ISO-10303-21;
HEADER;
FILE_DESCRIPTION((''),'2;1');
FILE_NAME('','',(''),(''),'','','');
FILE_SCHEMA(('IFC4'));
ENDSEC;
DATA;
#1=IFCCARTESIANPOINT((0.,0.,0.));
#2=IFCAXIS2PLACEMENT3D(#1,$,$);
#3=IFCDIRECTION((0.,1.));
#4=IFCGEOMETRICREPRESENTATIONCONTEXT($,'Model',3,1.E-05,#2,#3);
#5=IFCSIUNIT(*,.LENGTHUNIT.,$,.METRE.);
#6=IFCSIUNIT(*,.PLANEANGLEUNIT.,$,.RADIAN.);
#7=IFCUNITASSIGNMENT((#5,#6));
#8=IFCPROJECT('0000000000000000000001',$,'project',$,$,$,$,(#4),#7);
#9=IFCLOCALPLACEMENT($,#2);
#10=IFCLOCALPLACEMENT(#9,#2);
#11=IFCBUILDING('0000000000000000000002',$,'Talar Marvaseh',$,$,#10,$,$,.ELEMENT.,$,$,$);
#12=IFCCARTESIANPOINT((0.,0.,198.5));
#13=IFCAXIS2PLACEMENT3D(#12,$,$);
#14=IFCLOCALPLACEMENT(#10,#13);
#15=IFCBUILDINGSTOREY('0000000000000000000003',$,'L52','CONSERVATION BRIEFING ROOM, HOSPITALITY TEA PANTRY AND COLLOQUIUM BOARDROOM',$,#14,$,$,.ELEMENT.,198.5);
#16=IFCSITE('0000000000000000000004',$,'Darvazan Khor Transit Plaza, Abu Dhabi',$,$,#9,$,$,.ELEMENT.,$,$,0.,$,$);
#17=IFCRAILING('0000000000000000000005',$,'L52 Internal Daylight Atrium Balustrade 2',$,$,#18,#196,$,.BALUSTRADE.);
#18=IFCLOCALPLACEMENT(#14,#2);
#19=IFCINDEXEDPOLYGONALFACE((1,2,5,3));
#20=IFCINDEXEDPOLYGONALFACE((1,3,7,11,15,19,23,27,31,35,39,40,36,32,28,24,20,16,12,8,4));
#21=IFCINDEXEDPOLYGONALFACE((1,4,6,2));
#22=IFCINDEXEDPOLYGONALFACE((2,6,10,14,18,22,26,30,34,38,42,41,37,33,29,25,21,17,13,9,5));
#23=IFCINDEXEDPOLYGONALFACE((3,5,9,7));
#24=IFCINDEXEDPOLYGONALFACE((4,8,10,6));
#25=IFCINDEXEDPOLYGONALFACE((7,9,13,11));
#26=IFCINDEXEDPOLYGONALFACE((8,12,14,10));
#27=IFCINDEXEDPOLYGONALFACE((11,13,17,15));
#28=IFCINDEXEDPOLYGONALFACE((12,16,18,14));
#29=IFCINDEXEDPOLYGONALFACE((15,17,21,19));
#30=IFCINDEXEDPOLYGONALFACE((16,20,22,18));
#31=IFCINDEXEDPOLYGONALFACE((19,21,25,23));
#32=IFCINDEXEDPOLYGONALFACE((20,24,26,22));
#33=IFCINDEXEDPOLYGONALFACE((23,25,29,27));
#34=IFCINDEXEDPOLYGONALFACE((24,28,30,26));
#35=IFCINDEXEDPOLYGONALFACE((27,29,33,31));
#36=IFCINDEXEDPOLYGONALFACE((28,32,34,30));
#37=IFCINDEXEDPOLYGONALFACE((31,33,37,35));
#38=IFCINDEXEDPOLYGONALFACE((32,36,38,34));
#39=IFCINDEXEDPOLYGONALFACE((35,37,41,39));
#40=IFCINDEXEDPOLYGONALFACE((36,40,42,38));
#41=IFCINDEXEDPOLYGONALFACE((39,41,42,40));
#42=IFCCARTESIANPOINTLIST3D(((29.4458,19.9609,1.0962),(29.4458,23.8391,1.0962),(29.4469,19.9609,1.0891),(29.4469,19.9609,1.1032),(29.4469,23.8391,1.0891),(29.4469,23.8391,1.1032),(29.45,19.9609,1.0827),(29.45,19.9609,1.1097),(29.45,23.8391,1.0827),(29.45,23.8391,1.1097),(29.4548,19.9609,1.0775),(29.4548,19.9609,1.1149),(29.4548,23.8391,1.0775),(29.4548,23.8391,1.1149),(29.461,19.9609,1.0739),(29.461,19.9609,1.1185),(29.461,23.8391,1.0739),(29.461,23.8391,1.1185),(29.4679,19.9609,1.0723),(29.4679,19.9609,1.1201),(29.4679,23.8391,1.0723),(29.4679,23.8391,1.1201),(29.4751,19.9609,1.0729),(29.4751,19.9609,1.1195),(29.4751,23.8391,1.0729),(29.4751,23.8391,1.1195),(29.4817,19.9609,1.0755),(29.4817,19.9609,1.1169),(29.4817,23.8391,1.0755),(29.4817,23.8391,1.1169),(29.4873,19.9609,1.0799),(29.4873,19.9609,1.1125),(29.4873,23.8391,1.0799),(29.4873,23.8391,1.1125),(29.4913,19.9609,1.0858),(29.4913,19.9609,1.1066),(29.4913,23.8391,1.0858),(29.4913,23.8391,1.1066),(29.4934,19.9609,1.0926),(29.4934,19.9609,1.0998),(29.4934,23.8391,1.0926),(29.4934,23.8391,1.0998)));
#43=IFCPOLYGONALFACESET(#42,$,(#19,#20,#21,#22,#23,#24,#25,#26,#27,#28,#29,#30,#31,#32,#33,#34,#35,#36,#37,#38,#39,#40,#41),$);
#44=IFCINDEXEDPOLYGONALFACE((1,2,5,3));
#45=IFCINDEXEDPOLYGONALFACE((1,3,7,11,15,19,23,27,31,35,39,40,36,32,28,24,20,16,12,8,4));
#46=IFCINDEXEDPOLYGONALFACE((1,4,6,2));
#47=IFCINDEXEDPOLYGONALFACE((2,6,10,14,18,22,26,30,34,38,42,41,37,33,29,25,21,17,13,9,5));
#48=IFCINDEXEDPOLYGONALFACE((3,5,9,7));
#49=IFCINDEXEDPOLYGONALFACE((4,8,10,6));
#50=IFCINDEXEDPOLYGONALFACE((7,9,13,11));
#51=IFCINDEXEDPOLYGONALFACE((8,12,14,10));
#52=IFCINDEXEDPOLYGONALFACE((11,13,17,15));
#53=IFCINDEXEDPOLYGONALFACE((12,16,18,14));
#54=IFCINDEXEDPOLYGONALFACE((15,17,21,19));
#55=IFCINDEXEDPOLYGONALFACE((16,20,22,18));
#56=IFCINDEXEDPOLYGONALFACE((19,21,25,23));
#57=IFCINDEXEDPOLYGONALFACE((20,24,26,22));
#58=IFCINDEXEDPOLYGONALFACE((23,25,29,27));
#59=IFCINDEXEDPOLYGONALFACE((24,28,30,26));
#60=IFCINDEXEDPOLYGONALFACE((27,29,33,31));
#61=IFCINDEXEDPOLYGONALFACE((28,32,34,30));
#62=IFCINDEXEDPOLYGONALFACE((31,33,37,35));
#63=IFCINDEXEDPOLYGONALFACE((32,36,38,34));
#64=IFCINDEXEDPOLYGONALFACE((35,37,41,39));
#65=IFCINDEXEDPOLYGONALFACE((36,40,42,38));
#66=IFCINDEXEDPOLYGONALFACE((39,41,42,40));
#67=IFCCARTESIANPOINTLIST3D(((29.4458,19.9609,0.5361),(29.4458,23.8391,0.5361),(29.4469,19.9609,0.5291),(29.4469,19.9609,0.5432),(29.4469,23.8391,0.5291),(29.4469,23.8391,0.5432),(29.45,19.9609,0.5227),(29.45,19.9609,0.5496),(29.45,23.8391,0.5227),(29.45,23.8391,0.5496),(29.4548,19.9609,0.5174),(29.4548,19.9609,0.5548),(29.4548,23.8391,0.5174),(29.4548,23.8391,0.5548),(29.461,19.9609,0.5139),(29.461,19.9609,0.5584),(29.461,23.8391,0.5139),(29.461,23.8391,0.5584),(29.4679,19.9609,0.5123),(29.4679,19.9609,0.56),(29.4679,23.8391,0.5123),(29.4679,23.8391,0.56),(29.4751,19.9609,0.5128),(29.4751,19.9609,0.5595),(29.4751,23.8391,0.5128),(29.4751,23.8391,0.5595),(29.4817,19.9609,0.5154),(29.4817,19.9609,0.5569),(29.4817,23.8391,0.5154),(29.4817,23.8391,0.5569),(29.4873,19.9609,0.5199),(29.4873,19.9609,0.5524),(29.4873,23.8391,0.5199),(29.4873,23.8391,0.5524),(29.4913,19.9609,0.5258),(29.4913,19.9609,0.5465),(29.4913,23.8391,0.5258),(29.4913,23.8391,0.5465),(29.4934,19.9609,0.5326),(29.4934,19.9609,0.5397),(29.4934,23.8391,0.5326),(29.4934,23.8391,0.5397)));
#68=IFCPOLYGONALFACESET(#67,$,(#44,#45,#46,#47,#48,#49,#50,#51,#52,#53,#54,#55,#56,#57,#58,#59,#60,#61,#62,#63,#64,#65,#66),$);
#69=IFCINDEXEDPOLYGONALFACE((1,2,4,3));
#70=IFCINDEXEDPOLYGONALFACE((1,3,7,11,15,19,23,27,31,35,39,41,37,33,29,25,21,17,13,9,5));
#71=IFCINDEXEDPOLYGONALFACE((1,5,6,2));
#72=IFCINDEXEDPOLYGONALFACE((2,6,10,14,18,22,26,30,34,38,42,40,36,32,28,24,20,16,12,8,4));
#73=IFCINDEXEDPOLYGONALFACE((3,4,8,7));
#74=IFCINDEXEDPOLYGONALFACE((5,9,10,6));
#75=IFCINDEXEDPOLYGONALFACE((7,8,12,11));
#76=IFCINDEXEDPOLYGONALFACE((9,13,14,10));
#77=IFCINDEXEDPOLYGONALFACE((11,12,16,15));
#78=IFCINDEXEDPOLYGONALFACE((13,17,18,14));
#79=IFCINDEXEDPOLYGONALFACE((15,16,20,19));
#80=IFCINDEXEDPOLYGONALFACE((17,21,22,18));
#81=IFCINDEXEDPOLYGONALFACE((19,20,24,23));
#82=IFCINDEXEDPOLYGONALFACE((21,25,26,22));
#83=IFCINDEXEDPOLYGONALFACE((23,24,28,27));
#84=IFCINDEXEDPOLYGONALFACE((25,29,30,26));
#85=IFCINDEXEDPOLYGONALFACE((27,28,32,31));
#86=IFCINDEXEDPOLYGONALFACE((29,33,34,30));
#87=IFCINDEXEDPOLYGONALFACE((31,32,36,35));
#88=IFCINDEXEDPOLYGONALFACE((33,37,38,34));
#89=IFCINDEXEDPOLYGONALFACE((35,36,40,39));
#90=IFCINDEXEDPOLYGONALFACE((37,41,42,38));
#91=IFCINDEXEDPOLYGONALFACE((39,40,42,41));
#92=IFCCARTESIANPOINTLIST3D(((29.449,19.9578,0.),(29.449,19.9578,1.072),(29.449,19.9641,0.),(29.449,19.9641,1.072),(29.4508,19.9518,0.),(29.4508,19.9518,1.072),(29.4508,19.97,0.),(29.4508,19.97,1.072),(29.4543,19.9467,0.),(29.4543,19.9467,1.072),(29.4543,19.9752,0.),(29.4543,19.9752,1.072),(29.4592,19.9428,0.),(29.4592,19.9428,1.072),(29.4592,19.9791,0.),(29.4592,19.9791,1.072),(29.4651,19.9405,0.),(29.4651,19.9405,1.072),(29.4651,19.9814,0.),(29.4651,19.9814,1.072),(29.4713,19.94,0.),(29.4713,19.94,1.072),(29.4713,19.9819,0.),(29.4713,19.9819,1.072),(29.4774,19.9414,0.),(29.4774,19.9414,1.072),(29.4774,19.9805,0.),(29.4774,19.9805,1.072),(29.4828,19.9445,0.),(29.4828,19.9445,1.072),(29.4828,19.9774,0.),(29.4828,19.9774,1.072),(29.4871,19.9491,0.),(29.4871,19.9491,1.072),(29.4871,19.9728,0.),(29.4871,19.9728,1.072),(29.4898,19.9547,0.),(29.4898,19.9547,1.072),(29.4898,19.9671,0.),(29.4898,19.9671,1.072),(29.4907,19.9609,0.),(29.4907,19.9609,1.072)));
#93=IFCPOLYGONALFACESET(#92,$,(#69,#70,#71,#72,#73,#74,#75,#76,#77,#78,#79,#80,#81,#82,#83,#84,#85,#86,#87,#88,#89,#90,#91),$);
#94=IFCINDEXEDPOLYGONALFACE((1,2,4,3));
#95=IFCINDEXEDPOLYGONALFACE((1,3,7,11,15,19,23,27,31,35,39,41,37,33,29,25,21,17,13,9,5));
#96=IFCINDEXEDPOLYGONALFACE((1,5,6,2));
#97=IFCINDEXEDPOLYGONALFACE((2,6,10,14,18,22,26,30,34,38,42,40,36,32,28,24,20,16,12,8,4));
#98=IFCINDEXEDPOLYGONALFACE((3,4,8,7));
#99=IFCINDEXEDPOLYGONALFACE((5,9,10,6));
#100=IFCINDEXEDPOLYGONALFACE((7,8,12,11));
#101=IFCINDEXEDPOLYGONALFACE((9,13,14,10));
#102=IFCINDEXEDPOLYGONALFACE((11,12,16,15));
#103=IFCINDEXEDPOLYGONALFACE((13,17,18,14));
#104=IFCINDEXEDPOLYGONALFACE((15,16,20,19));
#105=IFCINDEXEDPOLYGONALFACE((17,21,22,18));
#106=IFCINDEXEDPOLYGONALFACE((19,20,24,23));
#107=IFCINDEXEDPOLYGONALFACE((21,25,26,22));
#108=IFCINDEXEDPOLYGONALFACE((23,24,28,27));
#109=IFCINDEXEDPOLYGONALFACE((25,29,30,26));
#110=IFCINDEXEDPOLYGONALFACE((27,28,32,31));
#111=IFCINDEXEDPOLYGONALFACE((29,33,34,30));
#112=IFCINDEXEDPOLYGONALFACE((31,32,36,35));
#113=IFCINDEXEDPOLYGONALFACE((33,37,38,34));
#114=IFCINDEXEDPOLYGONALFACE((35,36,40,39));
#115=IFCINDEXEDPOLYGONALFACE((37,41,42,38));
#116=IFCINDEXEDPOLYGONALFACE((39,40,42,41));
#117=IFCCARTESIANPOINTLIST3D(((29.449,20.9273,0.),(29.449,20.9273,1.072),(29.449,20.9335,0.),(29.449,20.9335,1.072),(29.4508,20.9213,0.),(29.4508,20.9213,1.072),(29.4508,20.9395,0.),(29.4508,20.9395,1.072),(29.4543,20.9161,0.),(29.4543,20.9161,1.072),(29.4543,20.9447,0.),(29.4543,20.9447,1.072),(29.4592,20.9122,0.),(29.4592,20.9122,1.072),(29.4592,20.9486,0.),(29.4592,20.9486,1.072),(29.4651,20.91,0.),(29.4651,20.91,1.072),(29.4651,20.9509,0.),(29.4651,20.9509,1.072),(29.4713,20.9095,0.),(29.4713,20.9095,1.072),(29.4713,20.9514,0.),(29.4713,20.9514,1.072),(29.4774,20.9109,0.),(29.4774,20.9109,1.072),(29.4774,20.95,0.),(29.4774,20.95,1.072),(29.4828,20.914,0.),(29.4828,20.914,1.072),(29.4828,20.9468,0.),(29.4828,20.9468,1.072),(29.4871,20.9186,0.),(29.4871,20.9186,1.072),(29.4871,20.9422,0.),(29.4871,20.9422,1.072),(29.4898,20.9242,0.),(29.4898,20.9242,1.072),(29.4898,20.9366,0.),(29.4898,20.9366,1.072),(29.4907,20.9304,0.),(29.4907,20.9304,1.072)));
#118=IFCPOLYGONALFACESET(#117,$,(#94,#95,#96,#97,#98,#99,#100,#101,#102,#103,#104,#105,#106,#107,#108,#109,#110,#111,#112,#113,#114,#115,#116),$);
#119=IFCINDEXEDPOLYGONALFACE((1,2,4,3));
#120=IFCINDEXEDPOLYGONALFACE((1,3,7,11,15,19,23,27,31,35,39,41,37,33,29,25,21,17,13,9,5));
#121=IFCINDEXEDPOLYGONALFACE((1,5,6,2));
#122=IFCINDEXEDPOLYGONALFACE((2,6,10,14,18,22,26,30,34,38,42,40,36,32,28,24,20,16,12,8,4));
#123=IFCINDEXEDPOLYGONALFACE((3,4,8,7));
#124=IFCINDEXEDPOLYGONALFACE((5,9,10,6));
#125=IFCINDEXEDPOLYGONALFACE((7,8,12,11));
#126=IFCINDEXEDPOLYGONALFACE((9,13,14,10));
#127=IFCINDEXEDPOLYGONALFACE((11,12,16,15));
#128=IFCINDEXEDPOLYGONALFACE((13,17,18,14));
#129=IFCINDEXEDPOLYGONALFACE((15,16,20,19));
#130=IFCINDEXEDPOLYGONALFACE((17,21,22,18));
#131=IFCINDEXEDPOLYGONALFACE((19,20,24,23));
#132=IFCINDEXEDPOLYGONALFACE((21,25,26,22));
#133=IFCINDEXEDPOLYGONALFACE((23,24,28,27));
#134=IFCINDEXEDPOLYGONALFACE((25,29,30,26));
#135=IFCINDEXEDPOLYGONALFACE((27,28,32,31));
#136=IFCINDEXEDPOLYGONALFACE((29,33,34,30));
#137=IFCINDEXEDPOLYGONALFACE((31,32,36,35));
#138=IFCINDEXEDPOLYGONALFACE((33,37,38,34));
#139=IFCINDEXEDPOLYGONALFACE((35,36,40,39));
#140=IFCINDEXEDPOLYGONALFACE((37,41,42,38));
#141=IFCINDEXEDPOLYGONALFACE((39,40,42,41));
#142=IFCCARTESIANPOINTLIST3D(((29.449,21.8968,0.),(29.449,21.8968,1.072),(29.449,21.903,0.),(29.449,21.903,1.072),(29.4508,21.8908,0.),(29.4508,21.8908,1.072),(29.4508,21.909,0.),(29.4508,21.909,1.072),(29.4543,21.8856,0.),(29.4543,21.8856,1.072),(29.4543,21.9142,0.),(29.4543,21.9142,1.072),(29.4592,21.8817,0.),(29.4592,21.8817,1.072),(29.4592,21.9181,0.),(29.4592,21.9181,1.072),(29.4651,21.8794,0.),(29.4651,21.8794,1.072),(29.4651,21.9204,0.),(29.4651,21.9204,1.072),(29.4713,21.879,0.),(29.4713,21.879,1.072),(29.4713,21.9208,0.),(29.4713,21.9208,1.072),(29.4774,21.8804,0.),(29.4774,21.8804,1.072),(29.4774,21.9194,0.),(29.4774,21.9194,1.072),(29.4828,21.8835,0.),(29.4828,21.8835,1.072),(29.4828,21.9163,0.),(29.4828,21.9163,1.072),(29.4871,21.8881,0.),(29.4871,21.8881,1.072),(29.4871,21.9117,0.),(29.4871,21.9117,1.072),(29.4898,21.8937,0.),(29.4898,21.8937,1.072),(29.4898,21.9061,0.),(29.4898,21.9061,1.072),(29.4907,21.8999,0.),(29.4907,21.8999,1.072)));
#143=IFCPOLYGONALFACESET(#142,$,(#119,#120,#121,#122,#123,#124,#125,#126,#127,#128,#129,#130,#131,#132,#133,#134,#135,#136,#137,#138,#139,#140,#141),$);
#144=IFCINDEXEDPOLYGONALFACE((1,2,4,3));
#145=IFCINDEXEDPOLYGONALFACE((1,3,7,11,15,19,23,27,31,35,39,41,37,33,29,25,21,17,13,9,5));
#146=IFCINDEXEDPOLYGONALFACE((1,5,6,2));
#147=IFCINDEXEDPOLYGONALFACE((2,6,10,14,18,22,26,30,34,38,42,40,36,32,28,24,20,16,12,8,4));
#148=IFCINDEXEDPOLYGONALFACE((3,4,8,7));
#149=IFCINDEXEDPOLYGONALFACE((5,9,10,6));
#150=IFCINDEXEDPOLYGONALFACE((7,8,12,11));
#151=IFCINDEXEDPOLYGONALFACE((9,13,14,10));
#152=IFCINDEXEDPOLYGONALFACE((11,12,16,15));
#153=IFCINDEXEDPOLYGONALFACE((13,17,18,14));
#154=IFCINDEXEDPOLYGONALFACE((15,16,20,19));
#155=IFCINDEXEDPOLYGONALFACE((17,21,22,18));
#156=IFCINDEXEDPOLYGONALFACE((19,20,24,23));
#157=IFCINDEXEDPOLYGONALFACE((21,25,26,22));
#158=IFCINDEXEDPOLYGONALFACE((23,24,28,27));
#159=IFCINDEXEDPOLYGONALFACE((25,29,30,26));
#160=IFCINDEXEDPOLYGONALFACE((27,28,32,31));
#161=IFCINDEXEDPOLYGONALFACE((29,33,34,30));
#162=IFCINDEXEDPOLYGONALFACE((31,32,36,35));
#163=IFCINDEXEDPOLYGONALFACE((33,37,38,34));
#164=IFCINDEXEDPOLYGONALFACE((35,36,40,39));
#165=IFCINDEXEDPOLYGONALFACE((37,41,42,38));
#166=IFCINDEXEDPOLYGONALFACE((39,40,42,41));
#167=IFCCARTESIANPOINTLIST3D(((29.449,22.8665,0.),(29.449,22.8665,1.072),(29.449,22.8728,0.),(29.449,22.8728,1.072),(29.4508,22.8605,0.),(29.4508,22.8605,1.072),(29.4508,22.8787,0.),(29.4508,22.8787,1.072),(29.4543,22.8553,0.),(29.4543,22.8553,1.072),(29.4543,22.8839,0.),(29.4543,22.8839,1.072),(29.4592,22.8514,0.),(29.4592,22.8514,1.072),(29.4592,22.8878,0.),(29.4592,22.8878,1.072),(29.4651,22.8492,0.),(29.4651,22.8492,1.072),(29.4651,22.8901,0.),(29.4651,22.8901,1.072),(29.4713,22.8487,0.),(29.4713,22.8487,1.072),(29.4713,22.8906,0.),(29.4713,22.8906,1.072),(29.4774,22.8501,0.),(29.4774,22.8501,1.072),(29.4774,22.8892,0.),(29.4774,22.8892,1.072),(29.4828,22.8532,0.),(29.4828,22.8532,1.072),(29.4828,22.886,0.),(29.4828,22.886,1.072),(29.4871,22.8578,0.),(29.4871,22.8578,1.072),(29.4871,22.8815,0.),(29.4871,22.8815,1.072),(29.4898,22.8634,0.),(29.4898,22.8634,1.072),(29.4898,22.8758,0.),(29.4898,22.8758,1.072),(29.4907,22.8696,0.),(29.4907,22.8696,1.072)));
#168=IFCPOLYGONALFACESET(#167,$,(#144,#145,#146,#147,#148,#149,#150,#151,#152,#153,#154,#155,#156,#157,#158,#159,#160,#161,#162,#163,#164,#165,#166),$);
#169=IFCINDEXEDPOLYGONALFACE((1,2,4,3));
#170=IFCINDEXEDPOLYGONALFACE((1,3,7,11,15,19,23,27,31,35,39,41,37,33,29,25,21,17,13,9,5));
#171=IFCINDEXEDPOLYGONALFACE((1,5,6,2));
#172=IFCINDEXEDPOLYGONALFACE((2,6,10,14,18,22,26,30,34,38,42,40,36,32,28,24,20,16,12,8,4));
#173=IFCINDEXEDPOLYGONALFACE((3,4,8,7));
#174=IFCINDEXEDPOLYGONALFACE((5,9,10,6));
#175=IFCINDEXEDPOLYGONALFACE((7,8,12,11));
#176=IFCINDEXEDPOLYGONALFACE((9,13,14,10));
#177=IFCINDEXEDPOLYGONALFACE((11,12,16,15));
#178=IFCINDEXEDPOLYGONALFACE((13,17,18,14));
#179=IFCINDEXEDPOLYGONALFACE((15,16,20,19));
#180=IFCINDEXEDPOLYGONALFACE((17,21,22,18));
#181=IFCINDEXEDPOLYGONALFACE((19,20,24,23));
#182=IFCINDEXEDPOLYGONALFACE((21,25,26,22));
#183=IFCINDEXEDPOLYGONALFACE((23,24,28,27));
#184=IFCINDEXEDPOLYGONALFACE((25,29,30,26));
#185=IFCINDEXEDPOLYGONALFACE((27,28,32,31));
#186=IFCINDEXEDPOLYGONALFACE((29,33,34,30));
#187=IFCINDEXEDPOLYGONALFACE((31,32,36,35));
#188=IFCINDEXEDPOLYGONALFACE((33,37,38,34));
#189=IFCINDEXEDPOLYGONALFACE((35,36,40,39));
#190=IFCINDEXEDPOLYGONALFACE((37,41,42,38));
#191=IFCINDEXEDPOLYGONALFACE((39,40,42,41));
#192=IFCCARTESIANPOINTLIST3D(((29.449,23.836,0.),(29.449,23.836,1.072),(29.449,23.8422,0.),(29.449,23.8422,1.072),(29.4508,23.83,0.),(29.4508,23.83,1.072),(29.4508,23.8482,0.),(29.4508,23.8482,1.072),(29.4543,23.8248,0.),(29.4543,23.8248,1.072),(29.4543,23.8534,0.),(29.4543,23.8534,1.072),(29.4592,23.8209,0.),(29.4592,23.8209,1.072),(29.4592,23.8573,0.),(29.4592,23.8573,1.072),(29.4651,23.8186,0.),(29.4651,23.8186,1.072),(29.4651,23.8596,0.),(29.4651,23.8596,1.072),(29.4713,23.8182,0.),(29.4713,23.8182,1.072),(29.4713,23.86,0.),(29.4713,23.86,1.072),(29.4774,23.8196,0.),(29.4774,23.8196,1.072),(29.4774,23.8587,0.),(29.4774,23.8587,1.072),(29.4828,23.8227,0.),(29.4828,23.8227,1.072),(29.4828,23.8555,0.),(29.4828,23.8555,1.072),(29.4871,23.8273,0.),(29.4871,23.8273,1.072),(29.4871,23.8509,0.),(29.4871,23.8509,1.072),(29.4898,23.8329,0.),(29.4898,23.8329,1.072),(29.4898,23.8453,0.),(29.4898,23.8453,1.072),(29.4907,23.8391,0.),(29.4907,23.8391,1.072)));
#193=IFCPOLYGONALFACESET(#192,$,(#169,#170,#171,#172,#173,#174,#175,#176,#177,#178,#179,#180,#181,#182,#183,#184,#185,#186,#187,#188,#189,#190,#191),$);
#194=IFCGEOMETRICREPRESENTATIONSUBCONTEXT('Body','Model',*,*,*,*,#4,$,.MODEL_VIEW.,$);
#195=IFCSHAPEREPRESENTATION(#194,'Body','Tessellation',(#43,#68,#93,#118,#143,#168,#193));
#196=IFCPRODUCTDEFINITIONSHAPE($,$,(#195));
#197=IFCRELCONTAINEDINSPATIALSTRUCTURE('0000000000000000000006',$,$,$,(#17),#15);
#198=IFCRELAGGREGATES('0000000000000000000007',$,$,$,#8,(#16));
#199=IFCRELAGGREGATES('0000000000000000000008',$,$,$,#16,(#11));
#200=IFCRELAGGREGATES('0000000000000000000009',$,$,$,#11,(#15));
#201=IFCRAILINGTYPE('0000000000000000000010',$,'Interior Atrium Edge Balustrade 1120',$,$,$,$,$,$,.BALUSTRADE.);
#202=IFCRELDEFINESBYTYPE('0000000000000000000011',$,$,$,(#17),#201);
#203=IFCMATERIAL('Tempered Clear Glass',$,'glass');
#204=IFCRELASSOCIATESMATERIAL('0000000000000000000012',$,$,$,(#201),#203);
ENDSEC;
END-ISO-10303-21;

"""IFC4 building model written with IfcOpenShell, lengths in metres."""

from ifc_helpers import new_model, si_unit, direction, frame, origin, origin_2d, place, context, subcontext, project, spatial, circle, extrude, material, type_object, element, save


model = new_model("IFC4")

# Units and contexts
model_context = context("Model", 3, precision=1e-05, world=origin(), true_north=direction((0.0, 1.0)))
body_context = subcontext(model_context, "Body", "Model", "MODEL_VIEW")
ifc_project = project(units=[si_unit("LENGTHUNIT", "METRE"), si_unit("PLANEANGLEUNIT", "RADIAN")], contexts=[model_context])

# Site, building, storey
site_placement = place(None, origin())
site = spatial("IfcSite", under=ifc_project, at=site_placement, Name="Darvazan Khor Transit Plaza, Abu Dhabi", CompositionType="ELEMENT", RefElevation=0.0)
building_placement = place(site_placement, origin())
building = spatial("IfcBuilding", under=site, at=building_placement, Name="Talar Marvaseh", CompositionType="ELEMENT")
storey_placement = place(building_placement, frame((0.0, 0.0, 198.5)))
storey = spatial("IfcBuildingStorey", under=building, at=storey_placement, Name="L52", Description="CONSERVATION BRIEFING ROOM, HOSPITALITY TEA PANTRY AND COLLOQUIUM BOARDROOM", CompositionType="ELEMENT", Elevation=198.5)

# Railing
ifc_material_1 = material(Name="Tempered Clear Glass", Category="glass")
railing_type = type_object("IfcRailingType", Name="Interior Atrium Edge Balustrade 1120", PredefinedType="BALUSTRADE", material=ifc_material_1)
railing_1_placement = place(storey_placement, frame((29.4697, 19.9609, 0.0)))
element("IfcRailing", 1, at=railing_1_placement, inside=storey, type_object=railing_type, Name="L52 Internal Daylight Atrium Balustrade 2", PredefinedType="BALUSTRADE", context=body_context, shape_type="SweptSolid", body=[
    extrude(circle(Radius=0.0239, at=origin_2d()), frame((0.0, 0.0, 1.0962), z_axis=(0.0, 1.0, 0.0), x_axis=(-1.0, 0.0, 0.0)), (0.0, 0.0, 1.0), 3.8782),
    extrude(circle(Radius=0.0239, at=origin_2d()), frame((0.0, 0.0, 0.5361), z_axis=(0.0, 1.0, 0.0), x_axis=(-1.0, 0.0, 0.0)), (0.0, 0.0, 1.0), 3.8782),
    extrude(circle(Radius=0.021, at=origin_2d()), origin(), (0.0, 0.0, 1.0), 1.072),
    extrude(circle(Radius=0.021, at=origin_2d()), frame((0.0, 0.9695, 0.0)), (0.0, 0.0, 1.0), 1.072),
    extrude(circle(Radius=0.021, at=origin_2d()), frame((0.0, 1.939, 0.0)), (0.0, 0.0, 1.0), 1.072),
    extrude(circle(Radius=0.021, at=origin_2d()), frame((0.0, 2.9087, 0.0)), (0.0, 0.0, 1.0), 1.072),
    extrude(circle(Radius=0.021, at=origin_2d()), frame((0.0, 3.8782, 0.0)), (0.0, 0.0, 1.0), 1.072),
])

save(model, "model.ifc")
